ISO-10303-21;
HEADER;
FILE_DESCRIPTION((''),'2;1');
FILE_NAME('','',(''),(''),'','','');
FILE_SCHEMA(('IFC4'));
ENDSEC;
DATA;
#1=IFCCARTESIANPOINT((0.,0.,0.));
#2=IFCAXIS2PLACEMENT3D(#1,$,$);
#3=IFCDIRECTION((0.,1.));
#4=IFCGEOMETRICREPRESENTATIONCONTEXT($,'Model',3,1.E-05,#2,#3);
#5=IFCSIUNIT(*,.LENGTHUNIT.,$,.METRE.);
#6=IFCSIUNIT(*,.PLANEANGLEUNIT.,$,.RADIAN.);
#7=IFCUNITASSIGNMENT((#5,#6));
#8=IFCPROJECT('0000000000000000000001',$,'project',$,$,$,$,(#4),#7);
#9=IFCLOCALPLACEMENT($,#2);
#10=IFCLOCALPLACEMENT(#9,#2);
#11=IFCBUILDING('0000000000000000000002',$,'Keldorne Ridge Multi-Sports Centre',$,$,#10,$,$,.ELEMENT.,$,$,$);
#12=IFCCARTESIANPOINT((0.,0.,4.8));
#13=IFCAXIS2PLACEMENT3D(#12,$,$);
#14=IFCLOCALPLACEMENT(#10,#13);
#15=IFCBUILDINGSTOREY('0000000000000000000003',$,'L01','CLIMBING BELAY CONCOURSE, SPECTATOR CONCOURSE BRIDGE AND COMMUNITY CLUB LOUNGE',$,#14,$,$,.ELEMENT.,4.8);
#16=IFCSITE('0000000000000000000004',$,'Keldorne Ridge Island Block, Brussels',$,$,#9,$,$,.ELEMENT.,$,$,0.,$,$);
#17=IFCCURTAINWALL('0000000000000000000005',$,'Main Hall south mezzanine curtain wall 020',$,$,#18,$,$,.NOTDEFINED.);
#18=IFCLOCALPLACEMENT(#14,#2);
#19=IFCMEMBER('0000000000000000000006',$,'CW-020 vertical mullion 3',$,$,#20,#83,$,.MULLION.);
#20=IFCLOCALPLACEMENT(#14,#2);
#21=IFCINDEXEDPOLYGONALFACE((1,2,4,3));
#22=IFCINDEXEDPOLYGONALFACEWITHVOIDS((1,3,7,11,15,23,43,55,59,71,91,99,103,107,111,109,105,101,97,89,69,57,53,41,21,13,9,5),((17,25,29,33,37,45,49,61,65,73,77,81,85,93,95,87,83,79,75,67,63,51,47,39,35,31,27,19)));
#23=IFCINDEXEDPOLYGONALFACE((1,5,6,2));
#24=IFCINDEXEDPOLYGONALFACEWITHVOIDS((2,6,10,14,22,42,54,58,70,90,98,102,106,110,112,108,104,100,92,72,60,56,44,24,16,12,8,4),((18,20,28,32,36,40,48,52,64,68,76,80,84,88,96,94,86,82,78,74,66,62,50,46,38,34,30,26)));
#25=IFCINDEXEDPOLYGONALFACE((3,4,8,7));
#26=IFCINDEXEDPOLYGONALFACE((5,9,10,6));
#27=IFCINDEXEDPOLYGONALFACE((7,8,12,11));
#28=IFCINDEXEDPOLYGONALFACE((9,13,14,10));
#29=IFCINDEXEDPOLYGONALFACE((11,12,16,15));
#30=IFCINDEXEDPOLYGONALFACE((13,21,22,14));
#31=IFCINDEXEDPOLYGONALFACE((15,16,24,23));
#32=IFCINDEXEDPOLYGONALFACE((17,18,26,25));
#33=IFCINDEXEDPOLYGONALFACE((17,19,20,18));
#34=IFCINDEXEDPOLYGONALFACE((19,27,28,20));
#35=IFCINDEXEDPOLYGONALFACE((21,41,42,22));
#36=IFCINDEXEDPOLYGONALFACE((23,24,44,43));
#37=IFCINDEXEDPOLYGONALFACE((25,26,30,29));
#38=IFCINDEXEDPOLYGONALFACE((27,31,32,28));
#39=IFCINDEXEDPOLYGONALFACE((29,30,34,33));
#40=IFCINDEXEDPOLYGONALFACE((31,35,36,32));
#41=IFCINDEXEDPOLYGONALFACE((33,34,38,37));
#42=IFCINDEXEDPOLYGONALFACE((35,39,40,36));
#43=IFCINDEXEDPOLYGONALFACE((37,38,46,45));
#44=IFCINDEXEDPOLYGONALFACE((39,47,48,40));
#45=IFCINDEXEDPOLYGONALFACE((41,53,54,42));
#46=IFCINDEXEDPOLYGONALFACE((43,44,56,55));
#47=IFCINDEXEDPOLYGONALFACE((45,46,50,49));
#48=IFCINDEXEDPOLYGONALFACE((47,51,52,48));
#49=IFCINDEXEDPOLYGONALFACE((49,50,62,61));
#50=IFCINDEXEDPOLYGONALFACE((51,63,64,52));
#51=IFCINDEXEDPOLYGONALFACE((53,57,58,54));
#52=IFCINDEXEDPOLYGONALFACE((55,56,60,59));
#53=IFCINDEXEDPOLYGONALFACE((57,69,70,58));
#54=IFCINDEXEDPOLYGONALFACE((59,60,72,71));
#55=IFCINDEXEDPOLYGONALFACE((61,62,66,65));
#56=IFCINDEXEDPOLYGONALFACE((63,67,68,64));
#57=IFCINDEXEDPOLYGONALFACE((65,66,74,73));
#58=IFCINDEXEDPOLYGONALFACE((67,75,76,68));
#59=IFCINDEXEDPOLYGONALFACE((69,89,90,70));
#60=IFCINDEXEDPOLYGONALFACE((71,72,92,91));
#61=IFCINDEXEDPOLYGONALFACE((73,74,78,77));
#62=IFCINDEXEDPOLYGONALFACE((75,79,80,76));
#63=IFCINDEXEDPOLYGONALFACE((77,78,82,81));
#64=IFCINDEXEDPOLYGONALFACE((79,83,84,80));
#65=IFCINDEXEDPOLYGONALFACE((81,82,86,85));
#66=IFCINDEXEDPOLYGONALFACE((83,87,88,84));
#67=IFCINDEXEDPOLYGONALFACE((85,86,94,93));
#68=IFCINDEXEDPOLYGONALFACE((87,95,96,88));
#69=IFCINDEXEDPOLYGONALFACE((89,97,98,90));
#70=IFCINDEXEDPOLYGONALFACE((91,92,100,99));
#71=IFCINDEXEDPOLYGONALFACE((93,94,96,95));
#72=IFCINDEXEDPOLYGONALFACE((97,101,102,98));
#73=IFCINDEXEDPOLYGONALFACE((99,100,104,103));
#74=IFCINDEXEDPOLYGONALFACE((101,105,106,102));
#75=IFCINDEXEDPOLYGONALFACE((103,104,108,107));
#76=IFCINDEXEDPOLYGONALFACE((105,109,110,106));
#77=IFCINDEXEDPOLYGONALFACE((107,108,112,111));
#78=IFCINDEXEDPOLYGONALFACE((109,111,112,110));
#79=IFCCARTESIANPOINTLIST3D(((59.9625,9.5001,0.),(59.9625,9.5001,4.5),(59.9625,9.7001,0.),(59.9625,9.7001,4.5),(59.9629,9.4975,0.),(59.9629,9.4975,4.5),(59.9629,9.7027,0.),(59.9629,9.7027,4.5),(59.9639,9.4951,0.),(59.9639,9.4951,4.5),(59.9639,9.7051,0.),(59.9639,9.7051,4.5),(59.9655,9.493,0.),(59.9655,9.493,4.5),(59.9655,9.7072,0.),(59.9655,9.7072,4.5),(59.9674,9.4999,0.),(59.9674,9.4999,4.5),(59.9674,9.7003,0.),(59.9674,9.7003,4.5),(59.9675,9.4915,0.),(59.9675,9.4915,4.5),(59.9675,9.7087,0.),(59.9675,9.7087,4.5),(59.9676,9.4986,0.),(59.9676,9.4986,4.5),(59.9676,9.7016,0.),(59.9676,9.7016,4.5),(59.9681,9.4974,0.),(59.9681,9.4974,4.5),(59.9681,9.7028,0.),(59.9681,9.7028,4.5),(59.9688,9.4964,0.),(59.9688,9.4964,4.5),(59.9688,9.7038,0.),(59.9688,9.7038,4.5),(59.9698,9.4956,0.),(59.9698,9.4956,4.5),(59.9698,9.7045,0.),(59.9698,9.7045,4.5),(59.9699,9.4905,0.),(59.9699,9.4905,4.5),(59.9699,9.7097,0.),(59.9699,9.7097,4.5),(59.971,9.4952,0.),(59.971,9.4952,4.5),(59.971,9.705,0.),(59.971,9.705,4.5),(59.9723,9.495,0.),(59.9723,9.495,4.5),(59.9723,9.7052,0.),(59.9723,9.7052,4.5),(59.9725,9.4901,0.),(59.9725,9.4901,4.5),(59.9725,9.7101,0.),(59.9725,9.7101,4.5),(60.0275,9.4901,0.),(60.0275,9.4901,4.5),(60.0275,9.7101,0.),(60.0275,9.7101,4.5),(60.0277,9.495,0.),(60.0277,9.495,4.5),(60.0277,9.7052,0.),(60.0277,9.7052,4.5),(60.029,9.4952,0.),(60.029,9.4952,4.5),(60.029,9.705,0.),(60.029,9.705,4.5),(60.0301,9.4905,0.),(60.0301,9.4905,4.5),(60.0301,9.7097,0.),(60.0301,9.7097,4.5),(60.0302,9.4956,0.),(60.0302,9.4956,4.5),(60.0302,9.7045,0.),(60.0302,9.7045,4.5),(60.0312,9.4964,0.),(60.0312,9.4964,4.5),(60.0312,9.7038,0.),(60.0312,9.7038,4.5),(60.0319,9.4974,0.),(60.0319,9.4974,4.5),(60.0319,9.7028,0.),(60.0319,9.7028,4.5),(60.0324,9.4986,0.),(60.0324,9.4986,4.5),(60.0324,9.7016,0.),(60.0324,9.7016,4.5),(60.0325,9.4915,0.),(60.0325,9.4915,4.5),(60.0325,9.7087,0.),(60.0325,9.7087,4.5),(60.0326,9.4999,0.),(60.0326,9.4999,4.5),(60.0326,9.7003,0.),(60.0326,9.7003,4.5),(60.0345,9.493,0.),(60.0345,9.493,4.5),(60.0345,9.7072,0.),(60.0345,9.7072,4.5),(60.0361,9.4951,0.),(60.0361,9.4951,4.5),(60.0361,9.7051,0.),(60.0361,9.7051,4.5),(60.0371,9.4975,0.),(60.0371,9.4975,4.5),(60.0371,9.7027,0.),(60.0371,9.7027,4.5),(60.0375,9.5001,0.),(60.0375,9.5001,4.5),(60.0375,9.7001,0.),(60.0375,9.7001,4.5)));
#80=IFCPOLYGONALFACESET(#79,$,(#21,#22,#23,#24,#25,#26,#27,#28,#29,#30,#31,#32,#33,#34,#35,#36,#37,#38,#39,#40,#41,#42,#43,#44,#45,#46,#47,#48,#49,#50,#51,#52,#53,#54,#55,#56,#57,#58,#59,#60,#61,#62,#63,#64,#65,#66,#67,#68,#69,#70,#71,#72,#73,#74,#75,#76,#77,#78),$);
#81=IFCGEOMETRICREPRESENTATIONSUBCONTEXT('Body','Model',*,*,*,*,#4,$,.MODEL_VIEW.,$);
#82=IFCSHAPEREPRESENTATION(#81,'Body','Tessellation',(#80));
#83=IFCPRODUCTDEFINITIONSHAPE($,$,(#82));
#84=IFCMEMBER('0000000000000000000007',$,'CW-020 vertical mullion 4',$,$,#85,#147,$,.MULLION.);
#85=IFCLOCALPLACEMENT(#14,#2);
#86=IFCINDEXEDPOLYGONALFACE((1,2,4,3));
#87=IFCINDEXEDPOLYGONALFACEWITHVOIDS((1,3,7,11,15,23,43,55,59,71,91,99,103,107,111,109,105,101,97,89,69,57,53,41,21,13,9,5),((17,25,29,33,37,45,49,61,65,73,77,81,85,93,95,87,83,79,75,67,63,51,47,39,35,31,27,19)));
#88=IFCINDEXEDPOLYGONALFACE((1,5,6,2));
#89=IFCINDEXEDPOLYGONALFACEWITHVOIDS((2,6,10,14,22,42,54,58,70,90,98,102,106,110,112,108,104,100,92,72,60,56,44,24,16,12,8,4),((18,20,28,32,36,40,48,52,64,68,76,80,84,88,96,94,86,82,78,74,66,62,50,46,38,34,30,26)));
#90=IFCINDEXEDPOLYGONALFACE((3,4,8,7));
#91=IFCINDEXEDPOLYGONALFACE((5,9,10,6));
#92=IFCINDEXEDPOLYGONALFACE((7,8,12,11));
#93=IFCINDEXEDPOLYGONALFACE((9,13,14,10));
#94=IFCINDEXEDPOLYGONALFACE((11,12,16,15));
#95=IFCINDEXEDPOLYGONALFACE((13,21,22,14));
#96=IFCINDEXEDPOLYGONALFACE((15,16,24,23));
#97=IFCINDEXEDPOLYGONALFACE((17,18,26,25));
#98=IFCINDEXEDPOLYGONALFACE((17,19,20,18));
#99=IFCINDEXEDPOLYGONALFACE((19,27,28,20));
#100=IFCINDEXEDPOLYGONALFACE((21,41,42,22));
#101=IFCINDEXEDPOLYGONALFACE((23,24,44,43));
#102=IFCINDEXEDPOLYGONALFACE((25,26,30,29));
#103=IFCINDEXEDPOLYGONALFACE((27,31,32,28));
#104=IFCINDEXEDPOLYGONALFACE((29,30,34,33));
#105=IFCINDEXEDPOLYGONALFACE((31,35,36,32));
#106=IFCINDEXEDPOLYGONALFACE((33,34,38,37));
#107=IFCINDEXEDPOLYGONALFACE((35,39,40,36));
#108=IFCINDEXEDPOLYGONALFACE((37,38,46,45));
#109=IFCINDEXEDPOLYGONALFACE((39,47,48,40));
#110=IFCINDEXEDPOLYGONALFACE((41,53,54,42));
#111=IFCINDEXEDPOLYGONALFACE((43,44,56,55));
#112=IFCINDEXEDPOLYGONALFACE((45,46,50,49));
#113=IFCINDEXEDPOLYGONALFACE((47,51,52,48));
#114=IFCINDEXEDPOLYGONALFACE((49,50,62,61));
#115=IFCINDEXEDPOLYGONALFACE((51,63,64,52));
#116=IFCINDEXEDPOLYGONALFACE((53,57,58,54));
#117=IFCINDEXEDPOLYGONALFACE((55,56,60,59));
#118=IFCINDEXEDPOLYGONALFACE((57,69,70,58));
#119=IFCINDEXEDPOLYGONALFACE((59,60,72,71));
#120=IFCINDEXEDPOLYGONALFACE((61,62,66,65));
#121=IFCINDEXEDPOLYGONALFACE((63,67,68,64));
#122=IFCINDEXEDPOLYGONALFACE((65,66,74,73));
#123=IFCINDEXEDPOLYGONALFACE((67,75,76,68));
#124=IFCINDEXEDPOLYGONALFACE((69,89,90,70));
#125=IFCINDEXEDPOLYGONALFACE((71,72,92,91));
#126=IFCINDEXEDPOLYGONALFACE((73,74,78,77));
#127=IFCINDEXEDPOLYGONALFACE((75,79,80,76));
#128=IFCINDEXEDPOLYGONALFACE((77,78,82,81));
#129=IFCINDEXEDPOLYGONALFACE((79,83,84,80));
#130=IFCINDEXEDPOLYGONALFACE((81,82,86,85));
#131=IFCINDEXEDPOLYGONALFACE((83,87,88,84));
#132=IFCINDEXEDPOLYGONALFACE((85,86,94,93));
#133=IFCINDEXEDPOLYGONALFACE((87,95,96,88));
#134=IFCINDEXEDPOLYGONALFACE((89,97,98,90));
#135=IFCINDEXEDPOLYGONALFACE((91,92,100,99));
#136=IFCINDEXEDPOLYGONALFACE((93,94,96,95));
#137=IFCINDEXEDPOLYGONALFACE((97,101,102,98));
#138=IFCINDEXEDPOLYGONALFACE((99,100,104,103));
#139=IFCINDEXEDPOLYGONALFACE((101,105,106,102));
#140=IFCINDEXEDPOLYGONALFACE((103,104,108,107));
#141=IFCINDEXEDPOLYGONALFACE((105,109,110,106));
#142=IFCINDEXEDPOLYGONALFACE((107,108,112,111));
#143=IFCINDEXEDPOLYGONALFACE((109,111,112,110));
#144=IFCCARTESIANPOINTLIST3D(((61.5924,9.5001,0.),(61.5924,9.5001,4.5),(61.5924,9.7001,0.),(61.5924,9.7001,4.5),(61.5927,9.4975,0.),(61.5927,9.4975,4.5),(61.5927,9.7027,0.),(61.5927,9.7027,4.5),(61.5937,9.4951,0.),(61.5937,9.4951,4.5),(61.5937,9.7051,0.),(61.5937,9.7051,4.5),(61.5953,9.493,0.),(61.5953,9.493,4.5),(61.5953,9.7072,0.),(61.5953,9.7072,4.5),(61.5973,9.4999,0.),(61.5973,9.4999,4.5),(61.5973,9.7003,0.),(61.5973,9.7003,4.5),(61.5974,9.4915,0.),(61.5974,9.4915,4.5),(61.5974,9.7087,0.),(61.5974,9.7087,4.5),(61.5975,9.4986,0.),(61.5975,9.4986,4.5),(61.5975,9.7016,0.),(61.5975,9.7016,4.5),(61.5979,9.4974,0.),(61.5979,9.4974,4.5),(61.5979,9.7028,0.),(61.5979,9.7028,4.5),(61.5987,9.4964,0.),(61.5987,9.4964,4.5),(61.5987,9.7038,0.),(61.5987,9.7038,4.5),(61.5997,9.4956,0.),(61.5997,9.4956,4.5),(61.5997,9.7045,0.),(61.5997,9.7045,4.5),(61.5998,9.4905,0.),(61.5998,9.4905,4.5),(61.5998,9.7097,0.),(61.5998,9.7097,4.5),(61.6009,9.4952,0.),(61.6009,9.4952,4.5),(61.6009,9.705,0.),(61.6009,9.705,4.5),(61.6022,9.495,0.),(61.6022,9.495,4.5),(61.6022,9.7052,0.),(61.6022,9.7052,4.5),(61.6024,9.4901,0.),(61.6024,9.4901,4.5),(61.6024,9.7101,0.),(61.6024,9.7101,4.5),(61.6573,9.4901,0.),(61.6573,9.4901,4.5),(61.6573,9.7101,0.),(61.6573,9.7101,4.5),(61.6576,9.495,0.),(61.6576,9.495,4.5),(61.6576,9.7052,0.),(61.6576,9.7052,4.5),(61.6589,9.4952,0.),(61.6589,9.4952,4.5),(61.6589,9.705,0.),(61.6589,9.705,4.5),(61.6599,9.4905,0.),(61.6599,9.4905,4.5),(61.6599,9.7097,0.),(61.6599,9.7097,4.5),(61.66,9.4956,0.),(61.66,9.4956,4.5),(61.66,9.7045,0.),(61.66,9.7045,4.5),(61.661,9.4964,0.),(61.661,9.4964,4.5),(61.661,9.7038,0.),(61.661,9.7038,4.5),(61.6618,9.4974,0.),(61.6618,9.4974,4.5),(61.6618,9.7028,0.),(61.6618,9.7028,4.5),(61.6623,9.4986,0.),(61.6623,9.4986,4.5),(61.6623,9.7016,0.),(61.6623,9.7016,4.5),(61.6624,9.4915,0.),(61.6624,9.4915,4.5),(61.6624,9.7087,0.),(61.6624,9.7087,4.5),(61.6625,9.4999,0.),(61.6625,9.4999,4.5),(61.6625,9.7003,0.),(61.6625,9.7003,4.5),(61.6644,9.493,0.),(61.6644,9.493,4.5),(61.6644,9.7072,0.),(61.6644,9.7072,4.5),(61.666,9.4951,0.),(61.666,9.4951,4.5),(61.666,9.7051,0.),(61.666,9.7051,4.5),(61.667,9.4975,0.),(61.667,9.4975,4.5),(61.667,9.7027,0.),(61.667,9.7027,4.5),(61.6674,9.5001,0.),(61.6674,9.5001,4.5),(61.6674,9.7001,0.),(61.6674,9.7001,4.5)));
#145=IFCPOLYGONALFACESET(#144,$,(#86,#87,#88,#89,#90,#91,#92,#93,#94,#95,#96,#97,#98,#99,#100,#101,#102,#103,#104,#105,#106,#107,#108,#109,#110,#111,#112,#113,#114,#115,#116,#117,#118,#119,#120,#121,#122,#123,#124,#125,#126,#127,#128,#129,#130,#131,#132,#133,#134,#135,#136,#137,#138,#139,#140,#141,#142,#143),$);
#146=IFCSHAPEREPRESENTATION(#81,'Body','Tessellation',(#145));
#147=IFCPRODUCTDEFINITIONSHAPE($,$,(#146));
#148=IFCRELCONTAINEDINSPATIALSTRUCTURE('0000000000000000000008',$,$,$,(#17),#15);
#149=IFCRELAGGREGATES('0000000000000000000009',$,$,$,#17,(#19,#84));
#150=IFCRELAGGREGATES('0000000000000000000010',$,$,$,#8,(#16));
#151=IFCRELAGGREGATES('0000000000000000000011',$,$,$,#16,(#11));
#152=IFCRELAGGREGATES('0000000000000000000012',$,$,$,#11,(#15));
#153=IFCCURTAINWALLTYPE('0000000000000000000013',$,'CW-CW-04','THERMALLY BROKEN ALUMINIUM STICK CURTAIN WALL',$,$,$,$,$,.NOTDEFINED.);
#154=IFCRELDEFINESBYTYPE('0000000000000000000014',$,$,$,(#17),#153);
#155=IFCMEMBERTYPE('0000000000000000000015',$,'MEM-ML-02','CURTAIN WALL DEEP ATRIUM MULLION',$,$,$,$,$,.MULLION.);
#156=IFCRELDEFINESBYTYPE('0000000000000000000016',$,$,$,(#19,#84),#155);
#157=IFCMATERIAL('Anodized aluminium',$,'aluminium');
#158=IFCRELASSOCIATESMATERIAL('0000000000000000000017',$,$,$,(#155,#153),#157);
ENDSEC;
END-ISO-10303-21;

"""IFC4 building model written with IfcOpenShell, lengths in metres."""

from ifc_helpers import new_model, si_unit, direction, frame, origin, origin_2d, place, context, subcontext, project, spatial, hollow_rectangle, extrude, material, material_profile, profile_set, type_object, element, aggregate, save


model = new_model("IFC4")

# Units and contexts
model_context = context("Model", 3, precision=1e-05, world=origin(), true_north=direction((0.0, 1.0)))
body_context = subcontext(model_context, "Body", "Model", "MODEL_VIEW")
ifc_project = project(units=[si_unit("LENGTHUNIT", "METRE"), si_unit("PLANEANGLEUNIT", "RADIAN")], contexts=[model_context])

# Site, building, storey
site_placement = place(None, origin())
site = spatial("IfcSite", under=ifc_project, at=site_placement, Name="Keldorne Ridge Island Block, Brussels", CompositionType="ELEMENT", RefElevation=0.0)
building_placement = place(site_placement, origin())
building = spatial("IfcBuilding", under=site, at=building_placement, Name="Keldorne Ridge Multi-Sports Centre", CompositionType="ELEMENT")
storey_placement = place(building_placement, frame((0.0, 0.0, 4.8)))
storey = spatial("IfcBuildingStorey", under=building, at=storey_placement, Name="L01", Description="CLIMBING BELAY CONCOURSE, SPECTATOR CONCOURSE BRIDGE AND COMMUNITY CLUB LOUNGE", CompositionType="ELEMENT", Elevation=4.8)

# Curtain wall, members
ifc_material_1 = material(Name="Anodized aluminium", Category="aluminium")
ifc_material_profile_1 = material_profile(ifc_material_1, hollow_rectangle(XDim=0.075, YDim=0.22, WallThickness=0.0049, InnerFilletRadius=0.0049, OuterFilletRadius=0.01, at=origin_2d()), Name="ALU MULLION 220x75x5")
ifc_profile_set_1 = profile_set([ifc_material_profile_1], Name="Anodized aluminium")
member_type_1 = type_object("IfcMemberType", Name="MEM-ML-02", Description="CURTAIN WALL DEEP ATRIUM MULLION", PredefinedType="MULLION", material=ifc_profile_set_1)
curtain_wall_type_1 = type_object("IfcCurtainWallType", Name="CW-CW-04", Description="THERMALLY BROKEN ALUMINIUM STICK CURTAIN WALL", PredefinedType="NOTDEFINED", material=ifc_material_1)
curtain_wall_1_placement = place(storey_placement, origin())
curtain_wall_1 = element("IfcCurtainWall", 1, at=curtain_wall_1_placement, inside=storey, type_object=curtain_wall_type_1, Name="Main Hall south mezzanine curtain wall 020", PredefinedType="NOTDEFINED")
member_1_placement = place(storey_placement, frame((60.0, 9.6001, 0.0), z_axis=(0.0, 0.0, 1.0), x_axis=(1.0, 0.0, 0.0)))
member_1 = element("IfcMember", 2, at=member_1_placement, type_object=member_type_1, Name="CW-020 vertical mullion 3", PredefinedType="MULLION", context=body_context, shape_type="SweptSolid", body=[
    extrude(hollow_rectangle(XDim=0.075, YDim=0.22, WallThickness=0.0049, InnerFilletRadius=0.0049, OuterFilletRadius=0.01, at=origin_2d()), origin(), (0.0, 0.0, 1.0), 4.5),
])
member_2_placement = place(storey_placement, frame((61.6299, 9.6001, 0.0), z_axis=(0.0, 0.0, 1.0), x_axis=(1.0, 0.0, 0.0)))
member_2 = element("IfcMember", 3, at=member_2_placement, type_object=member_type_1, Name="CW-020 vertical mullion 4", PredefinedType="MULLION", context=body_context, shape_type="SweptSolid", body=[
    extrude(hollow_rectangle(XDim=0.075, YDim=0.22, WallThickness=0.0049, InnerFilletRadius=0.0049, OuterFilletRadius=0.01, at=origin_2d()), origin(), (0.0, 0.0, 1.0), 4.5),
])

aggregate(curtain_wall_1, [member_1, member_2])

save(model, "model.ifc")
